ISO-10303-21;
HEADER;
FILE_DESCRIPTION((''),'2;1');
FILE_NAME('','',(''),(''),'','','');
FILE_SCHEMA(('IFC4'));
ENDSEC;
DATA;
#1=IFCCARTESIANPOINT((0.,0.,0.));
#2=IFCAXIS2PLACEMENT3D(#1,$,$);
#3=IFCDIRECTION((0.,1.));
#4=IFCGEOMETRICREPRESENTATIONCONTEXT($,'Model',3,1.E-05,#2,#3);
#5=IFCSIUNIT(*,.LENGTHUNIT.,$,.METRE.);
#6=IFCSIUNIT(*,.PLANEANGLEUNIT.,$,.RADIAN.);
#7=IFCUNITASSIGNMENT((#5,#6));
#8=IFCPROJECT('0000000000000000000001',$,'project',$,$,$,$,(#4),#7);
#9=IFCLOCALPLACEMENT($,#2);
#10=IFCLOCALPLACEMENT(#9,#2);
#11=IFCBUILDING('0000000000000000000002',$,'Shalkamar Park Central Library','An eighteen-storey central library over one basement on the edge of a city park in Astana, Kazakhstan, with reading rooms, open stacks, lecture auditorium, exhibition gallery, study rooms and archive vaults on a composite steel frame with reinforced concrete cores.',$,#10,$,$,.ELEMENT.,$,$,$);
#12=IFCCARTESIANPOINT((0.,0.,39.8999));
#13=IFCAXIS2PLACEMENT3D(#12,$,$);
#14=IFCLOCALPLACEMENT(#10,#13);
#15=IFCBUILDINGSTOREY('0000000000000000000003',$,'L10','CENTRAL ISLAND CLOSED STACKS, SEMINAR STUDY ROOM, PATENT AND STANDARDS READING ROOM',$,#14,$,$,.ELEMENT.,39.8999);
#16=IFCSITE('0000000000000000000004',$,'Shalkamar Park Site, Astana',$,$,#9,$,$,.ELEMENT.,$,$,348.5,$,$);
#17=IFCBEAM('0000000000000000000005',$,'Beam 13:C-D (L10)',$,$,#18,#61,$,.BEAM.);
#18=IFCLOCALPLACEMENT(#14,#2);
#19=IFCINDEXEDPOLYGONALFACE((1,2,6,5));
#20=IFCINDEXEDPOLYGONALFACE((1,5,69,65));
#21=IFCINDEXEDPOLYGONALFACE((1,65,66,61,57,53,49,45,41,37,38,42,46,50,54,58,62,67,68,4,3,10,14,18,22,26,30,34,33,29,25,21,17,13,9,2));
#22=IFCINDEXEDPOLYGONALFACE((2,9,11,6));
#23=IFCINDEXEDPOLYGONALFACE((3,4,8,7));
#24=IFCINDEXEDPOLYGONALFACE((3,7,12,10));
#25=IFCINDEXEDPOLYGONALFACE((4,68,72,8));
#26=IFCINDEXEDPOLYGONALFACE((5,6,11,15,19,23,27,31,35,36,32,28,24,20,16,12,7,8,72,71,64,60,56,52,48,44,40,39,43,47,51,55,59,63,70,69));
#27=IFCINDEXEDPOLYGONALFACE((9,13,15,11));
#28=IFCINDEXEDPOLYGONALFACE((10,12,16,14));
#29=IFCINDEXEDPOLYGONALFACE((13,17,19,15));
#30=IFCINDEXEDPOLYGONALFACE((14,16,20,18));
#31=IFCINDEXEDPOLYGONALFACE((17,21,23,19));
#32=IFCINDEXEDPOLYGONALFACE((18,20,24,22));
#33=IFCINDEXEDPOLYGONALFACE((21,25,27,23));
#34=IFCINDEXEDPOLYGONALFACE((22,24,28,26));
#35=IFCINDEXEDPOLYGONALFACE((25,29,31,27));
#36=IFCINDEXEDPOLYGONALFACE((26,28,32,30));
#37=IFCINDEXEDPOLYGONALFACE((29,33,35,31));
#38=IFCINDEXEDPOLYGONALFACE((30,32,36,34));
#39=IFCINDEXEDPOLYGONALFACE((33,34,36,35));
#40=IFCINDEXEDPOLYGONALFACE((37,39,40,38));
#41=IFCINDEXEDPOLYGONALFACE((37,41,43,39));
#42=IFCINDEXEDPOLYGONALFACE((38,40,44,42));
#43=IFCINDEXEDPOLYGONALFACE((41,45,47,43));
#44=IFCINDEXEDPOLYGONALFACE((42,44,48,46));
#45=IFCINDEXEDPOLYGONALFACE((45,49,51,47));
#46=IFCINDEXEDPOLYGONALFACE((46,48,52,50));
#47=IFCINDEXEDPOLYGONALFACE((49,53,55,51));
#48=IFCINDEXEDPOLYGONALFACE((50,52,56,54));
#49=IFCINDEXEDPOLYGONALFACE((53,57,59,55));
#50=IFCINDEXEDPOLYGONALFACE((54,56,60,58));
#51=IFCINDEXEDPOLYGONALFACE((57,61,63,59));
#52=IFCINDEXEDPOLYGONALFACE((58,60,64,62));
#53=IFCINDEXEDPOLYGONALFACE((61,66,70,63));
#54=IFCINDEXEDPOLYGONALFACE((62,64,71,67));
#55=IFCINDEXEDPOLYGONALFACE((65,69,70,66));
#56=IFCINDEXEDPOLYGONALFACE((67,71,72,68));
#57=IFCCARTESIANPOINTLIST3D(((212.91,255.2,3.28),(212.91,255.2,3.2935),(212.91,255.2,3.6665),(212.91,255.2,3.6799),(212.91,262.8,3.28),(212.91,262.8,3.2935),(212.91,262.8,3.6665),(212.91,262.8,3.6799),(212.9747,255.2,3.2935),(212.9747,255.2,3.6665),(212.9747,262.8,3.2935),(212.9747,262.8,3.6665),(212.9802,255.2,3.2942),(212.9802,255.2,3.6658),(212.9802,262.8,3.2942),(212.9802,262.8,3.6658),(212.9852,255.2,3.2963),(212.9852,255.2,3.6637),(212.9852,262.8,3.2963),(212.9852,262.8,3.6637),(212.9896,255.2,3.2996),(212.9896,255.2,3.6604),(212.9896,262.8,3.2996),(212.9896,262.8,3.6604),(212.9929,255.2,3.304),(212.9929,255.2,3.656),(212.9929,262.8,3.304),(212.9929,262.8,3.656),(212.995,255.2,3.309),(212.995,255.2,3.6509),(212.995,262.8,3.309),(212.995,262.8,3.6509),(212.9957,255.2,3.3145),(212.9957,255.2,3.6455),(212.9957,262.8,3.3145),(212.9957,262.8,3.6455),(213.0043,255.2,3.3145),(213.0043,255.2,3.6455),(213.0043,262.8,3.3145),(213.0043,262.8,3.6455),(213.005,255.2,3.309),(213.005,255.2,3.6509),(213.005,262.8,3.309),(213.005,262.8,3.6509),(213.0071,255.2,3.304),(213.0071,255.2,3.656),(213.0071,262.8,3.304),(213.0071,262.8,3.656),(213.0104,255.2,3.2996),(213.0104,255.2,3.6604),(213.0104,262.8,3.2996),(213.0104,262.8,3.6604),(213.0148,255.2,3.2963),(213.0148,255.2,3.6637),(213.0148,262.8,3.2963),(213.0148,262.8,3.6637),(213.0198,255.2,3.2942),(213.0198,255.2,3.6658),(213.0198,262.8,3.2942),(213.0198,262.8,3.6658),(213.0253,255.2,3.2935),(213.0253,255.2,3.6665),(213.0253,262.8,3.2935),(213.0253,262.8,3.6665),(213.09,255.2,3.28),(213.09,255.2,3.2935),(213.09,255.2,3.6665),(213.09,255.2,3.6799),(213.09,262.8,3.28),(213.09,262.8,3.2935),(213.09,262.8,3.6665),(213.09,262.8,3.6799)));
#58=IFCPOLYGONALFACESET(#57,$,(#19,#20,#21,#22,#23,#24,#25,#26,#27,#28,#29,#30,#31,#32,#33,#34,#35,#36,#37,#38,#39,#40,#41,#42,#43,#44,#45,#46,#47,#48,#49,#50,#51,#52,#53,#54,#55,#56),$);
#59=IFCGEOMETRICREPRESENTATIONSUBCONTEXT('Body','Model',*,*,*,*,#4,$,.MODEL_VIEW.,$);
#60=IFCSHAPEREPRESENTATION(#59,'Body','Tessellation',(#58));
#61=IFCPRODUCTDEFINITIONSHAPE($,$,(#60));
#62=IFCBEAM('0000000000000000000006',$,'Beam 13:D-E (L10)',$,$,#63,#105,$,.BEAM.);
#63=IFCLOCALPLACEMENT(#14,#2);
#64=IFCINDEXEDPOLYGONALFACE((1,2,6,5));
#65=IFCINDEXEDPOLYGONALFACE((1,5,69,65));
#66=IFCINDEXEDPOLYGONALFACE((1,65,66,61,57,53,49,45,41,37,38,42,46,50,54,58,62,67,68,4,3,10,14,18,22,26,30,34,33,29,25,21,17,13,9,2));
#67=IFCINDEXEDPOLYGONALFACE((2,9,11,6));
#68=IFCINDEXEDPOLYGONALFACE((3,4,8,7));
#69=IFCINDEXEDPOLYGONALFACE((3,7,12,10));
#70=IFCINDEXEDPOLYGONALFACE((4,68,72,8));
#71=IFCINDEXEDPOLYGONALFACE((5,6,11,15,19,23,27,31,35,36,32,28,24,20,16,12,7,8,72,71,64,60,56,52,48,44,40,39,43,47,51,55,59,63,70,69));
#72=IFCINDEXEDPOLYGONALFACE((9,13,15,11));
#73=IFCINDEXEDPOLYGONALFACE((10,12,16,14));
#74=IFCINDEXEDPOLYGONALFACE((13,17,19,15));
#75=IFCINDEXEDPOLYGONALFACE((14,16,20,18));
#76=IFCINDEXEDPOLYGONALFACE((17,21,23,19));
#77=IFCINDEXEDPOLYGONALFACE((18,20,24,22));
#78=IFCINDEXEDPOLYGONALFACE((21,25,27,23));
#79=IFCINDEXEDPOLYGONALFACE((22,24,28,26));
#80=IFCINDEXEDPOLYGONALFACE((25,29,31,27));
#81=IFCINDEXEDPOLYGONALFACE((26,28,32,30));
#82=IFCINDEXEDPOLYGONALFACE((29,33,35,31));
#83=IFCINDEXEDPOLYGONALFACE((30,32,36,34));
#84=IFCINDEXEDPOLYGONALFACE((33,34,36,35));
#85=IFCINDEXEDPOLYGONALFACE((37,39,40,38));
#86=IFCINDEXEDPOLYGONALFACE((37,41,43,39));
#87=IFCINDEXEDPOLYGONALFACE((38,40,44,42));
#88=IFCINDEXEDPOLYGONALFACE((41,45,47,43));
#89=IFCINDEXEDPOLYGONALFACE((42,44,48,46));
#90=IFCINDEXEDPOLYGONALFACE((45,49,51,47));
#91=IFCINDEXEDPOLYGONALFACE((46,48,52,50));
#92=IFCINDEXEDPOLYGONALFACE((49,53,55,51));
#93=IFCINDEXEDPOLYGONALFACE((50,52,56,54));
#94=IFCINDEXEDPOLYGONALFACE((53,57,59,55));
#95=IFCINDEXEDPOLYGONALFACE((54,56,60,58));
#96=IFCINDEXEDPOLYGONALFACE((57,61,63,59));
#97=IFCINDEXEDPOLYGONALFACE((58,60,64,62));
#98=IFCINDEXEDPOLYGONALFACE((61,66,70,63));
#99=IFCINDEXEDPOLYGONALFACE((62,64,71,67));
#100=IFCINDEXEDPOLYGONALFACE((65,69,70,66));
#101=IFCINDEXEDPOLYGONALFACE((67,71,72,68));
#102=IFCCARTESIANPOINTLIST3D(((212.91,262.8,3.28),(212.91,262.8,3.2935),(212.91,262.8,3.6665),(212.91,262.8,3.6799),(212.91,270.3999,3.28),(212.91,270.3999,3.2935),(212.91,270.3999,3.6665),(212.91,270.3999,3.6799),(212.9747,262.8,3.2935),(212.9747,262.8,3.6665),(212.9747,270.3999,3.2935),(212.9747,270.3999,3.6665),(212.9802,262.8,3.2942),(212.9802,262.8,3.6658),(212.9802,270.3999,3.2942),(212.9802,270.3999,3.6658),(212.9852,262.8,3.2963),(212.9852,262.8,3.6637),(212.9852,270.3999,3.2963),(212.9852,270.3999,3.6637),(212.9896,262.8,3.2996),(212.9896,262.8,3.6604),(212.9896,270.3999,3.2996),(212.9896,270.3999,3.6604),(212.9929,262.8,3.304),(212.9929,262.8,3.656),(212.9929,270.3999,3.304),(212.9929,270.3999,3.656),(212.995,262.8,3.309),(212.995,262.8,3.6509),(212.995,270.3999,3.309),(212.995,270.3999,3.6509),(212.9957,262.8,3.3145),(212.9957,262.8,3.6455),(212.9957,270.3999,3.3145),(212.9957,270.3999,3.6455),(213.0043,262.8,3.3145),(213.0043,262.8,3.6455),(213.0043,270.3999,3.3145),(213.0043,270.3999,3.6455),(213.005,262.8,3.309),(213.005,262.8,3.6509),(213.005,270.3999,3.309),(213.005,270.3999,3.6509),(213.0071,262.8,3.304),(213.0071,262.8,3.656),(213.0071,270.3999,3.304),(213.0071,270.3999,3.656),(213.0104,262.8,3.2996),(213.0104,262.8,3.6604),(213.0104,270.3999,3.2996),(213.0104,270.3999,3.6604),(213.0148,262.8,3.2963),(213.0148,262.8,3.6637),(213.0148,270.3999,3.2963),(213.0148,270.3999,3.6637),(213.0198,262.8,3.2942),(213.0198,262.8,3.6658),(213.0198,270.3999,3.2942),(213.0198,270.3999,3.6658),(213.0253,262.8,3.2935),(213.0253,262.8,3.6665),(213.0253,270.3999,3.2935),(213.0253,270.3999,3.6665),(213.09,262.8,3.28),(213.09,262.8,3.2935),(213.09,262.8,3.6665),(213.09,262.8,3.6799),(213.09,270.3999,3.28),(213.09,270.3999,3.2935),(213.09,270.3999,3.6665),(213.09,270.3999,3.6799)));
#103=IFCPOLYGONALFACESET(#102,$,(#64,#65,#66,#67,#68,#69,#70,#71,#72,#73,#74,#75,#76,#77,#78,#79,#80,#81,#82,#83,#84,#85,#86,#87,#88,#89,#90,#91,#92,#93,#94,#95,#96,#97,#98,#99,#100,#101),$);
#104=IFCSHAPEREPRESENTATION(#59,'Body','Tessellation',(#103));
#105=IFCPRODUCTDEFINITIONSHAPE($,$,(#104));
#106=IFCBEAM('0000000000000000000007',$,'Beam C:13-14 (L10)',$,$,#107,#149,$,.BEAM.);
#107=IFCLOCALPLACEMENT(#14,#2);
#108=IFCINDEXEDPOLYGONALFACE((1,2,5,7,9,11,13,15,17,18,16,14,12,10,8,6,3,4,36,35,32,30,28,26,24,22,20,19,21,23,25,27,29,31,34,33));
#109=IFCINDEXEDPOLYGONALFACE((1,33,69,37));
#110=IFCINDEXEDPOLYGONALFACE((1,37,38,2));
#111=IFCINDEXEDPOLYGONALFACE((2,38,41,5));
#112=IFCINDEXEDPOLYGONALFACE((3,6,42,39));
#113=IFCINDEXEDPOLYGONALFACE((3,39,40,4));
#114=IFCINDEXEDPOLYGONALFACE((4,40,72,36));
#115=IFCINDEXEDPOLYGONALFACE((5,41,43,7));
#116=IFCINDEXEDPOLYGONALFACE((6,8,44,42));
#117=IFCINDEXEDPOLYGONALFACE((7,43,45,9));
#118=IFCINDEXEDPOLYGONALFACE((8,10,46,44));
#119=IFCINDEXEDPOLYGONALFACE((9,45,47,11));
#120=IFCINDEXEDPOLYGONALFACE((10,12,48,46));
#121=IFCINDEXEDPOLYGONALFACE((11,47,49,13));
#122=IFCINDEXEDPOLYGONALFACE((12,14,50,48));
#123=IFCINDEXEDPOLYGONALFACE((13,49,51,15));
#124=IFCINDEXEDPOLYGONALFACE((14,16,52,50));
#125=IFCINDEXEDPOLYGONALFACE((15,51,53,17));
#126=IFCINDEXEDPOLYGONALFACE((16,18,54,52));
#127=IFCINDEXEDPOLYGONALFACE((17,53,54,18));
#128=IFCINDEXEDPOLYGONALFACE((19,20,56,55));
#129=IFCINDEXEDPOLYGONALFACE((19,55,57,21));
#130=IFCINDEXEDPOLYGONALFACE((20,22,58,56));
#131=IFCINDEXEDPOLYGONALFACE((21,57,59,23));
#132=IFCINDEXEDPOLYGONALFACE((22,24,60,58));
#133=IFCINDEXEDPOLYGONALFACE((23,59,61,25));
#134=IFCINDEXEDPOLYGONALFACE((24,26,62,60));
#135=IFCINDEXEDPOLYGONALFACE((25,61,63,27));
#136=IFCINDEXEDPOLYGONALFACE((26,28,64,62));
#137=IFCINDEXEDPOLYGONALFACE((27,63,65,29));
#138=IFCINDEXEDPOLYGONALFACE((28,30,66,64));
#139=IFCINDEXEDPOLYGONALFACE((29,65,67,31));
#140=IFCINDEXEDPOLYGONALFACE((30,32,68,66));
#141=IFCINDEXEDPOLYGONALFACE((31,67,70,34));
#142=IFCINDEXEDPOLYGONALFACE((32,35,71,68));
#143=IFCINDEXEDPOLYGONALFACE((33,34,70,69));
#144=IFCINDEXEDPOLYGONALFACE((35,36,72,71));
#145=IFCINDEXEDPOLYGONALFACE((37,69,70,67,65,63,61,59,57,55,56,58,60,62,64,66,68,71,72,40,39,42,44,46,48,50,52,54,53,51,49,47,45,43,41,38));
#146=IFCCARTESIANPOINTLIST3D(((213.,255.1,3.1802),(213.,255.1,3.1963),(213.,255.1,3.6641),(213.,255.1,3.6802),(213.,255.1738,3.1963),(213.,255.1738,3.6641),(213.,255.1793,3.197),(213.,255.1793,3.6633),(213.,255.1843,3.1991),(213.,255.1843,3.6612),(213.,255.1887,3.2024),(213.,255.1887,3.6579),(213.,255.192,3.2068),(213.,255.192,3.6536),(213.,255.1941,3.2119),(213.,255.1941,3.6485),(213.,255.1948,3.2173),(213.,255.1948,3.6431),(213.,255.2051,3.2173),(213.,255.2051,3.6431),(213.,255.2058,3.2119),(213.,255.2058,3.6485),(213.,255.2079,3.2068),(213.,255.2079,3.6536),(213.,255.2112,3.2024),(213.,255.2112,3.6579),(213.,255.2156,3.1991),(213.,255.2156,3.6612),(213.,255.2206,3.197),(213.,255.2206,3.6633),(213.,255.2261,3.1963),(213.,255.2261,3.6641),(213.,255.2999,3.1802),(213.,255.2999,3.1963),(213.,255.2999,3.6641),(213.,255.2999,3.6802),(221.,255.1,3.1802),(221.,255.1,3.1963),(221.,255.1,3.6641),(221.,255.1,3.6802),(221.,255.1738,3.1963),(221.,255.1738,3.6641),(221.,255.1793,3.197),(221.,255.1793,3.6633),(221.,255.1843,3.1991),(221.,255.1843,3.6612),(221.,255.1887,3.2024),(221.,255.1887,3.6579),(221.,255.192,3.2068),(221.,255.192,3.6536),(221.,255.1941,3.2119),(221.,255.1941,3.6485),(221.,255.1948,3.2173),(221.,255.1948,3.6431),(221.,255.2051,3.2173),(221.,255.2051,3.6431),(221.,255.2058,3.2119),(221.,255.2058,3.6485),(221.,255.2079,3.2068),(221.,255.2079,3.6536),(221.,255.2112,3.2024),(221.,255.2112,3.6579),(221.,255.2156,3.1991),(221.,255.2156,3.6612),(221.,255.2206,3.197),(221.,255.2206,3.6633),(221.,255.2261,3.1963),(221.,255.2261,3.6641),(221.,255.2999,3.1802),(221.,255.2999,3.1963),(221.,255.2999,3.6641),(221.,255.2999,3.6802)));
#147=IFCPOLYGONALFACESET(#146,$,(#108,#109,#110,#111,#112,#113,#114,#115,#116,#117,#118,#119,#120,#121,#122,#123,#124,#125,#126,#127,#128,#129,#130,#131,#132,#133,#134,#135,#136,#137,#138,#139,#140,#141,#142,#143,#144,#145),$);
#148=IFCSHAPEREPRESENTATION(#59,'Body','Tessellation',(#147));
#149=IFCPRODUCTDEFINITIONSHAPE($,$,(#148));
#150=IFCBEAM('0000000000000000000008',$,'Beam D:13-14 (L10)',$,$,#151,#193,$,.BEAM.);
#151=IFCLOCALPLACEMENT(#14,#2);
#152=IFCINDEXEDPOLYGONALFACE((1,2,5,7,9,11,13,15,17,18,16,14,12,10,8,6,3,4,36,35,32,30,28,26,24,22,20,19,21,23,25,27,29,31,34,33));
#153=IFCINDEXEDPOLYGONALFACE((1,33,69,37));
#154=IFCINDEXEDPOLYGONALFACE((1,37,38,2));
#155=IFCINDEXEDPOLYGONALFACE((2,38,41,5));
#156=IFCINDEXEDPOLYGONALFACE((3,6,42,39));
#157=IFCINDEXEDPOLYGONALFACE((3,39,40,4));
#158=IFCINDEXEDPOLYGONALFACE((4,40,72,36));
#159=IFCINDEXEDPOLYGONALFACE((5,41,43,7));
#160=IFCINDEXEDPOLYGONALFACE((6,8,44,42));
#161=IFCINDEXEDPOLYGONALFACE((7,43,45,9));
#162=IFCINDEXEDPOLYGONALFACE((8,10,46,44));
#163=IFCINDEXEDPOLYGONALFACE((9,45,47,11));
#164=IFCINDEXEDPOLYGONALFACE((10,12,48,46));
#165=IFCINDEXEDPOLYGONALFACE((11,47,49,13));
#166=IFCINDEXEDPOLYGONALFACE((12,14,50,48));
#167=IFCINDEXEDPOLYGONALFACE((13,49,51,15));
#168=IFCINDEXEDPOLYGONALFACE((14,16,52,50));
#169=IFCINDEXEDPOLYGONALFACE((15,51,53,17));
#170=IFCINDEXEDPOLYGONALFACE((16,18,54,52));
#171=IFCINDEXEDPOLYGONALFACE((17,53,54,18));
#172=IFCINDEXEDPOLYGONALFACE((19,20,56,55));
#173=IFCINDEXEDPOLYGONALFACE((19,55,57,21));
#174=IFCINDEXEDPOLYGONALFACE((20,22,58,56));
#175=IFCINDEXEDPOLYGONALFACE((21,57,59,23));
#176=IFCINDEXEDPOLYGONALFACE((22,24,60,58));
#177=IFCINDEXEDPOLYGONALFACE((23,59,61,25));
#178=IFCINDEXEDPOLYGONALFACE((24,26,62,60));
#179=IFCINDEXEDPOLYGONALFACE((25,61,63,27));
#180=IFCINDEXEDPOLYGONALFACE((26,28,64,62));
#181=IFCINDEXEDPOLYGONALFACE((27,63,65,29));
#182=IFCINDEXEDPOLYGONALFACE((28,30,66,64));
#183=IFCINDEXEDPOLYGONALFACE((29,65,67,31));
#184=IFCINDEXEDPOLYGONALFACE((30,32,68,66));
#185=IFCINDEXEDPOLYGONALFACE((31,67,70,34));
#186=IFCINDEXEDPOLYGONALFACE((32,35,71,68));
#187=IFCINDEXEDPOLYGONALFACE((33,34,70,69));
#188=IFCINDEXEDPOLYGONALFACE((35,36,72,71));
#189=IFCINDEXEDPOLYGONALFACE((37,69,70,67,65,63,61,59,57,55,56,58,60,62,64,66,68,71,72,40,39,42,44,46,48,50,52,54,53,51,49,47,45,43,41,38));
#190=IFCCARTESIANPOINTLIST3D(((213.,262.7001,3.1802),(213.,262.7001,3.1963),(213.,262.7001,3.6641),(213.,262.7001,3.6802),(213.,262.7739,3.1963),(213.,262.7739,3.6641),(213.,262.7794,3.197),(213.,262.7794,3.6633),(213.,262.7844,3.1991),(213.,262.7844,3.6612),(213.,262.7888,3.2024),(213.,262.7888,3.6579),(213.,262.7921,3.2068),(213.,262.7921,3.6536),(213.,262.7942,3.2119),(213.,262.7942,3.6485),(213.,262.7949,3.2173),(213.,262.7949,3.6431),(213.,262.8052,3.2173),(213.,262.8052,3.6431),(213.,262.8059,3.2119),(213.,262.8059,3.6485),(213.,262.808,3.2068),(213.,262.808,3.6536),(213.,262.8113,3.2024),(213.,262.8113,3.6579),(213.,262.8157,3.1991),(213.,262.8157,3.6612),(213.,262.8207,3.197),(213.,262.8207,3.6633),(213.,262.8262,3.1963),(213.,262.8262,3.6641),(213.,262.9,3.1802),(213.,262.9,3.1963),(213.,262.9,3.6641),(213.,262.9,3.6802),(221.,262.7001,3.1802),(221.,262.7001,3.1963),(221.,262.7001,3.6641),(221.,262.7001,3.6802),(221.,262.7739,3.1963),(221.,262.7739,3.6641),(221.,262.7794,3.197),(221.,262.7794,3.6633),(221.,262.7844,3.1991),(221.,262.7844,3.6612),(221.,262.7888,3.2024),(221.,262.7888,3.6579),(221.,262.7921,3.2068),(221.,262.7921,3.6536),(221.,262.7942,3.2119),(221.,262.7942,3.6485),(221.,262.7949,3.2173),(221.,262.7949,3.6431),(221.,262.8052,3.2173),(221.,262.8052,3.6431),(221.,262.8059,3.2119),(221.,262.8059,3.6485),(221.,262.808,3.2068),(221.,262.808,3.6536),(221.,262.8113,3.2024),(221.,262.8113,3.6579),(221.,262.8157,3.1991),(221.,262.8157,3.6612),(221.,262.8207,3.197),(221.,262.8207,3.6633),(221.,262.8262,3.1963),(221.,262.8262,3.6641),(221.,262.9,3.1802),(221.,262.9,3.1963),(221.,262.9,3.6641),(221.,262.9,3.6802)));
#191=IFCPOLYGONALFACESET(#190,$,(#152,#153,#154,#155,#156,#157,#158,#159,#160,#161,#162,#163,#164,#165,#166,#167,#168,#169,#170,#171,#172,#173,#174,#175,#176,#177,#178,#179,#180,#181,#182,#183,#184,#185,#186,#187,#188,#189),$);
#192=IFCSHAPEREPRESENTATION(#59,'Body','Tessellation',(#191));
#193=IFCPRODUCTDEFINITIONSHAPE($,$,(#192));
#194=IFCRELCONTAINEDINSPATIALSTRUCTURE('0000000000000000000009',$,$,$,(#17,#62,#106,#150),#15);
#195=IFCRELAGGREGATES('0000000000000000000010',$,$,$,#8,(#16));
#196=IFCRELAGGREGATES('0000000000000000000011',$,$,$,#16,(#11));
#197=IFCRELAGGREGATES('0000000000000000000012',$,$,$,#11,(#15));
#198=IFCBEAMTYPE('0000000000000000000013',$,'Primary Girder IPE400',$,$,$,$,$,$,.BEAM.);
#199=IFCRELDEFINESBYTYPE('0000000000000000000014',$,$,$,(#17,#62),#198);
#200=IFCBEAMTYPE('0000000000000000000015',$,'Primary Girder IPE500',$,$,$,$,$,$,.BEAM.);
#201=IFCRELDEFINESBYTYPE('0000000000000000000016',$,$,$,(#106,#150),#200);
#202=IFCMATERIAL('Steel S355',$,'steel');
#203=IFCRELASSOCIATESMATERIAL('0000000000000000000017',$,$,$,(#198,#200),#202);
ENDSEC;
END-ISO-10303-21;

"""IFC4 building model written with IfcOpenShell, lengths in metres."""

from ifc_helpers import new_model, si_unit, direction, frame, origin, origin_2d, place, context, subcontext, project, spatial, i_section, extrude, material, material_profile, profile_set, type_object, element, save


model = new_model("IFC4")

# Units and contexts
model_context = context("Model", 3, precision=1e-05, world=origin(), true_north=direction((0.0, 1.0)))
body_context = subcontext(model_context, "Body", "Model", "MODEL_VIEW")
ifc_project = project(units=[si_unit("LENGTHUNIT", "METRE"), si_unit("PLANEANGLEUNIT", "RADIAN")], contexts=[model_context])

# Site, building, storey
site_placement = place(None, origin())
site = spatial("IfcSite", under=ifc_project, at=site_placement, Name="Shalkamar Park Site, Astana", CompositionType="ELEMENT", RefElevation=348.5)
building_placement = place(site_placement, origin())
building = spatial("IfcBuilding", under=site, at=building_placement, Name="Shalkamar Park Central Library", Description="An eighteen-storey central library over one basement on the edge of a city park in Astana, Kazakhstan, with reading rooms, open stacks, lecture auditorium, exhibition gallery, study rooms and archive vaults on a composite steel frame with reinforced concrete cores.", CompositionType="ELEMENT")
storey_placement = place(building_placement, frame((0.0, 0.0, 39.8999)))
storey = spatial("IfcBuildingStorey", under=building, at=storey_placement, Name="L10", Description="CENTRAL ISLAND CLOSED STACKS, SEMINAR STUDY ROOM, PATENT AND STANDARDS READING ROOM", CompositionType="ELEMENT", Elevation=39.8999)

# Shared definitions
ifc_material_1 = material(Name="Steel S355", Category="steel")

# Beams
ifc_material_profile_1 = material_profile(ifc_material_1, i_section(OverallWidth=0.1799, OverallDepth=0.3999, WebThickness=0.0085, FlangeThickness=0.0134, FilletRadius=0.021, at=origin_2d()), Name="IPE 400")
ifc_profile_set_1 = profile_set([ifc_material_profile_1], Name="Steel S355")
beam_type_1 = type_object("IfcBeamType", Name="Primary Girder IPE400", PredefinedType="BEAM", material=ifc_profile_set_1)
beam_1_placement = place(storey_placement, frame((213.0, 255.2, 3.48), z_axis=(0.0, 1.0, 0.0), x_axis=(-1.0, 0.0, 0.0)))
element("IfcBeam", 1, at=beam_1_placement, inside=storey, type_object=beam_type_1, Name="Beam 13:C-D (L10)", PredefinedType="BEAM", context=body_context, shape_type="SweptSolid", body=[
    extrude(i_section(OverallWidth=0.1799, OverallDepth=0.3999, WebThickness=0.0085, FlangeThickness=0.0134, FilletRadius=0.021, at=origin_2d()), origin(), (0.0, 0.0, 1.0), 7.6001),
])
beam_2_placement = place(storey_placement, frame((213.0, 262.8, 3.48), z_axis=(0.0, 1.0, 0.0), x_axis=(-1.0, 0.0, 0.0)))
element("IfcBeam", 2, at=beam_2_placement, inside=storey, type_object=beam_type_1, Name="Beam 13:D-E (L10)", PredefinedType="BEAM", context=body_context, shape_type="SweptSolid", body=[
    extrude(i_section(OverallWidth=0.1799, OverallDepth=0.3999, WebThickness=0.0085, FlangeThickness=0.0134, FilletRadius=0.021, at=origin_2d()), origin(), (0.0, 0.0, 1.0), 7.5999),
])
ifc_material_profile_2 = material_profile(ifc_material_1, i_section(OverallWidth=0.2, OverallDepth=0.5, WebThickness=0.0103, FlangeThickness=0.0161, FilletRadius=0.021, at=origin_2d()), Name="IPE 500")
ifc_profile_set_2 = profile_set([ifc_material_profile_2], Name="Steel S355")
beam_type_2 = type_object("IfcBeamType", Name="Primary Girder IPE500", PredefinedType="BEAM", material=ifc_profile_set_2)
for number, where, z_axis, x_axis, name in (
    (3, (213.0, 255.2, 3.4302), (1.0, 0.0, 0.0), (0.0, 1.0, 0.0), "Beam C:13-14 (L10)"),
    (4, (213.0, 262.8, 3.4302), (1.0, 0.0, 0.0), (0.0, 1.0, 0.0), "Beam D:13-14 (L10)"),
):
    element("IfcBeam", number, at=place(storey_placement, frame(where, z_axis=z_axis, x_axis=x_axis)), inside=storey, type_object=beam_type_2, Name=name, PredefinedType="BEAM", context=body_context, shape_type="SweptSolid", body=[
        extrude(i_section(OverallWidth=0.2, OverallDepth=0.5, WebThickness=0.0103, FlangeThickness=0.0161, FilletRadius=0.021, at=origin_2d()), origin(), (0.0, 0.0, 1.0), 8.0),
    ])

save(model, "model.ifc")
